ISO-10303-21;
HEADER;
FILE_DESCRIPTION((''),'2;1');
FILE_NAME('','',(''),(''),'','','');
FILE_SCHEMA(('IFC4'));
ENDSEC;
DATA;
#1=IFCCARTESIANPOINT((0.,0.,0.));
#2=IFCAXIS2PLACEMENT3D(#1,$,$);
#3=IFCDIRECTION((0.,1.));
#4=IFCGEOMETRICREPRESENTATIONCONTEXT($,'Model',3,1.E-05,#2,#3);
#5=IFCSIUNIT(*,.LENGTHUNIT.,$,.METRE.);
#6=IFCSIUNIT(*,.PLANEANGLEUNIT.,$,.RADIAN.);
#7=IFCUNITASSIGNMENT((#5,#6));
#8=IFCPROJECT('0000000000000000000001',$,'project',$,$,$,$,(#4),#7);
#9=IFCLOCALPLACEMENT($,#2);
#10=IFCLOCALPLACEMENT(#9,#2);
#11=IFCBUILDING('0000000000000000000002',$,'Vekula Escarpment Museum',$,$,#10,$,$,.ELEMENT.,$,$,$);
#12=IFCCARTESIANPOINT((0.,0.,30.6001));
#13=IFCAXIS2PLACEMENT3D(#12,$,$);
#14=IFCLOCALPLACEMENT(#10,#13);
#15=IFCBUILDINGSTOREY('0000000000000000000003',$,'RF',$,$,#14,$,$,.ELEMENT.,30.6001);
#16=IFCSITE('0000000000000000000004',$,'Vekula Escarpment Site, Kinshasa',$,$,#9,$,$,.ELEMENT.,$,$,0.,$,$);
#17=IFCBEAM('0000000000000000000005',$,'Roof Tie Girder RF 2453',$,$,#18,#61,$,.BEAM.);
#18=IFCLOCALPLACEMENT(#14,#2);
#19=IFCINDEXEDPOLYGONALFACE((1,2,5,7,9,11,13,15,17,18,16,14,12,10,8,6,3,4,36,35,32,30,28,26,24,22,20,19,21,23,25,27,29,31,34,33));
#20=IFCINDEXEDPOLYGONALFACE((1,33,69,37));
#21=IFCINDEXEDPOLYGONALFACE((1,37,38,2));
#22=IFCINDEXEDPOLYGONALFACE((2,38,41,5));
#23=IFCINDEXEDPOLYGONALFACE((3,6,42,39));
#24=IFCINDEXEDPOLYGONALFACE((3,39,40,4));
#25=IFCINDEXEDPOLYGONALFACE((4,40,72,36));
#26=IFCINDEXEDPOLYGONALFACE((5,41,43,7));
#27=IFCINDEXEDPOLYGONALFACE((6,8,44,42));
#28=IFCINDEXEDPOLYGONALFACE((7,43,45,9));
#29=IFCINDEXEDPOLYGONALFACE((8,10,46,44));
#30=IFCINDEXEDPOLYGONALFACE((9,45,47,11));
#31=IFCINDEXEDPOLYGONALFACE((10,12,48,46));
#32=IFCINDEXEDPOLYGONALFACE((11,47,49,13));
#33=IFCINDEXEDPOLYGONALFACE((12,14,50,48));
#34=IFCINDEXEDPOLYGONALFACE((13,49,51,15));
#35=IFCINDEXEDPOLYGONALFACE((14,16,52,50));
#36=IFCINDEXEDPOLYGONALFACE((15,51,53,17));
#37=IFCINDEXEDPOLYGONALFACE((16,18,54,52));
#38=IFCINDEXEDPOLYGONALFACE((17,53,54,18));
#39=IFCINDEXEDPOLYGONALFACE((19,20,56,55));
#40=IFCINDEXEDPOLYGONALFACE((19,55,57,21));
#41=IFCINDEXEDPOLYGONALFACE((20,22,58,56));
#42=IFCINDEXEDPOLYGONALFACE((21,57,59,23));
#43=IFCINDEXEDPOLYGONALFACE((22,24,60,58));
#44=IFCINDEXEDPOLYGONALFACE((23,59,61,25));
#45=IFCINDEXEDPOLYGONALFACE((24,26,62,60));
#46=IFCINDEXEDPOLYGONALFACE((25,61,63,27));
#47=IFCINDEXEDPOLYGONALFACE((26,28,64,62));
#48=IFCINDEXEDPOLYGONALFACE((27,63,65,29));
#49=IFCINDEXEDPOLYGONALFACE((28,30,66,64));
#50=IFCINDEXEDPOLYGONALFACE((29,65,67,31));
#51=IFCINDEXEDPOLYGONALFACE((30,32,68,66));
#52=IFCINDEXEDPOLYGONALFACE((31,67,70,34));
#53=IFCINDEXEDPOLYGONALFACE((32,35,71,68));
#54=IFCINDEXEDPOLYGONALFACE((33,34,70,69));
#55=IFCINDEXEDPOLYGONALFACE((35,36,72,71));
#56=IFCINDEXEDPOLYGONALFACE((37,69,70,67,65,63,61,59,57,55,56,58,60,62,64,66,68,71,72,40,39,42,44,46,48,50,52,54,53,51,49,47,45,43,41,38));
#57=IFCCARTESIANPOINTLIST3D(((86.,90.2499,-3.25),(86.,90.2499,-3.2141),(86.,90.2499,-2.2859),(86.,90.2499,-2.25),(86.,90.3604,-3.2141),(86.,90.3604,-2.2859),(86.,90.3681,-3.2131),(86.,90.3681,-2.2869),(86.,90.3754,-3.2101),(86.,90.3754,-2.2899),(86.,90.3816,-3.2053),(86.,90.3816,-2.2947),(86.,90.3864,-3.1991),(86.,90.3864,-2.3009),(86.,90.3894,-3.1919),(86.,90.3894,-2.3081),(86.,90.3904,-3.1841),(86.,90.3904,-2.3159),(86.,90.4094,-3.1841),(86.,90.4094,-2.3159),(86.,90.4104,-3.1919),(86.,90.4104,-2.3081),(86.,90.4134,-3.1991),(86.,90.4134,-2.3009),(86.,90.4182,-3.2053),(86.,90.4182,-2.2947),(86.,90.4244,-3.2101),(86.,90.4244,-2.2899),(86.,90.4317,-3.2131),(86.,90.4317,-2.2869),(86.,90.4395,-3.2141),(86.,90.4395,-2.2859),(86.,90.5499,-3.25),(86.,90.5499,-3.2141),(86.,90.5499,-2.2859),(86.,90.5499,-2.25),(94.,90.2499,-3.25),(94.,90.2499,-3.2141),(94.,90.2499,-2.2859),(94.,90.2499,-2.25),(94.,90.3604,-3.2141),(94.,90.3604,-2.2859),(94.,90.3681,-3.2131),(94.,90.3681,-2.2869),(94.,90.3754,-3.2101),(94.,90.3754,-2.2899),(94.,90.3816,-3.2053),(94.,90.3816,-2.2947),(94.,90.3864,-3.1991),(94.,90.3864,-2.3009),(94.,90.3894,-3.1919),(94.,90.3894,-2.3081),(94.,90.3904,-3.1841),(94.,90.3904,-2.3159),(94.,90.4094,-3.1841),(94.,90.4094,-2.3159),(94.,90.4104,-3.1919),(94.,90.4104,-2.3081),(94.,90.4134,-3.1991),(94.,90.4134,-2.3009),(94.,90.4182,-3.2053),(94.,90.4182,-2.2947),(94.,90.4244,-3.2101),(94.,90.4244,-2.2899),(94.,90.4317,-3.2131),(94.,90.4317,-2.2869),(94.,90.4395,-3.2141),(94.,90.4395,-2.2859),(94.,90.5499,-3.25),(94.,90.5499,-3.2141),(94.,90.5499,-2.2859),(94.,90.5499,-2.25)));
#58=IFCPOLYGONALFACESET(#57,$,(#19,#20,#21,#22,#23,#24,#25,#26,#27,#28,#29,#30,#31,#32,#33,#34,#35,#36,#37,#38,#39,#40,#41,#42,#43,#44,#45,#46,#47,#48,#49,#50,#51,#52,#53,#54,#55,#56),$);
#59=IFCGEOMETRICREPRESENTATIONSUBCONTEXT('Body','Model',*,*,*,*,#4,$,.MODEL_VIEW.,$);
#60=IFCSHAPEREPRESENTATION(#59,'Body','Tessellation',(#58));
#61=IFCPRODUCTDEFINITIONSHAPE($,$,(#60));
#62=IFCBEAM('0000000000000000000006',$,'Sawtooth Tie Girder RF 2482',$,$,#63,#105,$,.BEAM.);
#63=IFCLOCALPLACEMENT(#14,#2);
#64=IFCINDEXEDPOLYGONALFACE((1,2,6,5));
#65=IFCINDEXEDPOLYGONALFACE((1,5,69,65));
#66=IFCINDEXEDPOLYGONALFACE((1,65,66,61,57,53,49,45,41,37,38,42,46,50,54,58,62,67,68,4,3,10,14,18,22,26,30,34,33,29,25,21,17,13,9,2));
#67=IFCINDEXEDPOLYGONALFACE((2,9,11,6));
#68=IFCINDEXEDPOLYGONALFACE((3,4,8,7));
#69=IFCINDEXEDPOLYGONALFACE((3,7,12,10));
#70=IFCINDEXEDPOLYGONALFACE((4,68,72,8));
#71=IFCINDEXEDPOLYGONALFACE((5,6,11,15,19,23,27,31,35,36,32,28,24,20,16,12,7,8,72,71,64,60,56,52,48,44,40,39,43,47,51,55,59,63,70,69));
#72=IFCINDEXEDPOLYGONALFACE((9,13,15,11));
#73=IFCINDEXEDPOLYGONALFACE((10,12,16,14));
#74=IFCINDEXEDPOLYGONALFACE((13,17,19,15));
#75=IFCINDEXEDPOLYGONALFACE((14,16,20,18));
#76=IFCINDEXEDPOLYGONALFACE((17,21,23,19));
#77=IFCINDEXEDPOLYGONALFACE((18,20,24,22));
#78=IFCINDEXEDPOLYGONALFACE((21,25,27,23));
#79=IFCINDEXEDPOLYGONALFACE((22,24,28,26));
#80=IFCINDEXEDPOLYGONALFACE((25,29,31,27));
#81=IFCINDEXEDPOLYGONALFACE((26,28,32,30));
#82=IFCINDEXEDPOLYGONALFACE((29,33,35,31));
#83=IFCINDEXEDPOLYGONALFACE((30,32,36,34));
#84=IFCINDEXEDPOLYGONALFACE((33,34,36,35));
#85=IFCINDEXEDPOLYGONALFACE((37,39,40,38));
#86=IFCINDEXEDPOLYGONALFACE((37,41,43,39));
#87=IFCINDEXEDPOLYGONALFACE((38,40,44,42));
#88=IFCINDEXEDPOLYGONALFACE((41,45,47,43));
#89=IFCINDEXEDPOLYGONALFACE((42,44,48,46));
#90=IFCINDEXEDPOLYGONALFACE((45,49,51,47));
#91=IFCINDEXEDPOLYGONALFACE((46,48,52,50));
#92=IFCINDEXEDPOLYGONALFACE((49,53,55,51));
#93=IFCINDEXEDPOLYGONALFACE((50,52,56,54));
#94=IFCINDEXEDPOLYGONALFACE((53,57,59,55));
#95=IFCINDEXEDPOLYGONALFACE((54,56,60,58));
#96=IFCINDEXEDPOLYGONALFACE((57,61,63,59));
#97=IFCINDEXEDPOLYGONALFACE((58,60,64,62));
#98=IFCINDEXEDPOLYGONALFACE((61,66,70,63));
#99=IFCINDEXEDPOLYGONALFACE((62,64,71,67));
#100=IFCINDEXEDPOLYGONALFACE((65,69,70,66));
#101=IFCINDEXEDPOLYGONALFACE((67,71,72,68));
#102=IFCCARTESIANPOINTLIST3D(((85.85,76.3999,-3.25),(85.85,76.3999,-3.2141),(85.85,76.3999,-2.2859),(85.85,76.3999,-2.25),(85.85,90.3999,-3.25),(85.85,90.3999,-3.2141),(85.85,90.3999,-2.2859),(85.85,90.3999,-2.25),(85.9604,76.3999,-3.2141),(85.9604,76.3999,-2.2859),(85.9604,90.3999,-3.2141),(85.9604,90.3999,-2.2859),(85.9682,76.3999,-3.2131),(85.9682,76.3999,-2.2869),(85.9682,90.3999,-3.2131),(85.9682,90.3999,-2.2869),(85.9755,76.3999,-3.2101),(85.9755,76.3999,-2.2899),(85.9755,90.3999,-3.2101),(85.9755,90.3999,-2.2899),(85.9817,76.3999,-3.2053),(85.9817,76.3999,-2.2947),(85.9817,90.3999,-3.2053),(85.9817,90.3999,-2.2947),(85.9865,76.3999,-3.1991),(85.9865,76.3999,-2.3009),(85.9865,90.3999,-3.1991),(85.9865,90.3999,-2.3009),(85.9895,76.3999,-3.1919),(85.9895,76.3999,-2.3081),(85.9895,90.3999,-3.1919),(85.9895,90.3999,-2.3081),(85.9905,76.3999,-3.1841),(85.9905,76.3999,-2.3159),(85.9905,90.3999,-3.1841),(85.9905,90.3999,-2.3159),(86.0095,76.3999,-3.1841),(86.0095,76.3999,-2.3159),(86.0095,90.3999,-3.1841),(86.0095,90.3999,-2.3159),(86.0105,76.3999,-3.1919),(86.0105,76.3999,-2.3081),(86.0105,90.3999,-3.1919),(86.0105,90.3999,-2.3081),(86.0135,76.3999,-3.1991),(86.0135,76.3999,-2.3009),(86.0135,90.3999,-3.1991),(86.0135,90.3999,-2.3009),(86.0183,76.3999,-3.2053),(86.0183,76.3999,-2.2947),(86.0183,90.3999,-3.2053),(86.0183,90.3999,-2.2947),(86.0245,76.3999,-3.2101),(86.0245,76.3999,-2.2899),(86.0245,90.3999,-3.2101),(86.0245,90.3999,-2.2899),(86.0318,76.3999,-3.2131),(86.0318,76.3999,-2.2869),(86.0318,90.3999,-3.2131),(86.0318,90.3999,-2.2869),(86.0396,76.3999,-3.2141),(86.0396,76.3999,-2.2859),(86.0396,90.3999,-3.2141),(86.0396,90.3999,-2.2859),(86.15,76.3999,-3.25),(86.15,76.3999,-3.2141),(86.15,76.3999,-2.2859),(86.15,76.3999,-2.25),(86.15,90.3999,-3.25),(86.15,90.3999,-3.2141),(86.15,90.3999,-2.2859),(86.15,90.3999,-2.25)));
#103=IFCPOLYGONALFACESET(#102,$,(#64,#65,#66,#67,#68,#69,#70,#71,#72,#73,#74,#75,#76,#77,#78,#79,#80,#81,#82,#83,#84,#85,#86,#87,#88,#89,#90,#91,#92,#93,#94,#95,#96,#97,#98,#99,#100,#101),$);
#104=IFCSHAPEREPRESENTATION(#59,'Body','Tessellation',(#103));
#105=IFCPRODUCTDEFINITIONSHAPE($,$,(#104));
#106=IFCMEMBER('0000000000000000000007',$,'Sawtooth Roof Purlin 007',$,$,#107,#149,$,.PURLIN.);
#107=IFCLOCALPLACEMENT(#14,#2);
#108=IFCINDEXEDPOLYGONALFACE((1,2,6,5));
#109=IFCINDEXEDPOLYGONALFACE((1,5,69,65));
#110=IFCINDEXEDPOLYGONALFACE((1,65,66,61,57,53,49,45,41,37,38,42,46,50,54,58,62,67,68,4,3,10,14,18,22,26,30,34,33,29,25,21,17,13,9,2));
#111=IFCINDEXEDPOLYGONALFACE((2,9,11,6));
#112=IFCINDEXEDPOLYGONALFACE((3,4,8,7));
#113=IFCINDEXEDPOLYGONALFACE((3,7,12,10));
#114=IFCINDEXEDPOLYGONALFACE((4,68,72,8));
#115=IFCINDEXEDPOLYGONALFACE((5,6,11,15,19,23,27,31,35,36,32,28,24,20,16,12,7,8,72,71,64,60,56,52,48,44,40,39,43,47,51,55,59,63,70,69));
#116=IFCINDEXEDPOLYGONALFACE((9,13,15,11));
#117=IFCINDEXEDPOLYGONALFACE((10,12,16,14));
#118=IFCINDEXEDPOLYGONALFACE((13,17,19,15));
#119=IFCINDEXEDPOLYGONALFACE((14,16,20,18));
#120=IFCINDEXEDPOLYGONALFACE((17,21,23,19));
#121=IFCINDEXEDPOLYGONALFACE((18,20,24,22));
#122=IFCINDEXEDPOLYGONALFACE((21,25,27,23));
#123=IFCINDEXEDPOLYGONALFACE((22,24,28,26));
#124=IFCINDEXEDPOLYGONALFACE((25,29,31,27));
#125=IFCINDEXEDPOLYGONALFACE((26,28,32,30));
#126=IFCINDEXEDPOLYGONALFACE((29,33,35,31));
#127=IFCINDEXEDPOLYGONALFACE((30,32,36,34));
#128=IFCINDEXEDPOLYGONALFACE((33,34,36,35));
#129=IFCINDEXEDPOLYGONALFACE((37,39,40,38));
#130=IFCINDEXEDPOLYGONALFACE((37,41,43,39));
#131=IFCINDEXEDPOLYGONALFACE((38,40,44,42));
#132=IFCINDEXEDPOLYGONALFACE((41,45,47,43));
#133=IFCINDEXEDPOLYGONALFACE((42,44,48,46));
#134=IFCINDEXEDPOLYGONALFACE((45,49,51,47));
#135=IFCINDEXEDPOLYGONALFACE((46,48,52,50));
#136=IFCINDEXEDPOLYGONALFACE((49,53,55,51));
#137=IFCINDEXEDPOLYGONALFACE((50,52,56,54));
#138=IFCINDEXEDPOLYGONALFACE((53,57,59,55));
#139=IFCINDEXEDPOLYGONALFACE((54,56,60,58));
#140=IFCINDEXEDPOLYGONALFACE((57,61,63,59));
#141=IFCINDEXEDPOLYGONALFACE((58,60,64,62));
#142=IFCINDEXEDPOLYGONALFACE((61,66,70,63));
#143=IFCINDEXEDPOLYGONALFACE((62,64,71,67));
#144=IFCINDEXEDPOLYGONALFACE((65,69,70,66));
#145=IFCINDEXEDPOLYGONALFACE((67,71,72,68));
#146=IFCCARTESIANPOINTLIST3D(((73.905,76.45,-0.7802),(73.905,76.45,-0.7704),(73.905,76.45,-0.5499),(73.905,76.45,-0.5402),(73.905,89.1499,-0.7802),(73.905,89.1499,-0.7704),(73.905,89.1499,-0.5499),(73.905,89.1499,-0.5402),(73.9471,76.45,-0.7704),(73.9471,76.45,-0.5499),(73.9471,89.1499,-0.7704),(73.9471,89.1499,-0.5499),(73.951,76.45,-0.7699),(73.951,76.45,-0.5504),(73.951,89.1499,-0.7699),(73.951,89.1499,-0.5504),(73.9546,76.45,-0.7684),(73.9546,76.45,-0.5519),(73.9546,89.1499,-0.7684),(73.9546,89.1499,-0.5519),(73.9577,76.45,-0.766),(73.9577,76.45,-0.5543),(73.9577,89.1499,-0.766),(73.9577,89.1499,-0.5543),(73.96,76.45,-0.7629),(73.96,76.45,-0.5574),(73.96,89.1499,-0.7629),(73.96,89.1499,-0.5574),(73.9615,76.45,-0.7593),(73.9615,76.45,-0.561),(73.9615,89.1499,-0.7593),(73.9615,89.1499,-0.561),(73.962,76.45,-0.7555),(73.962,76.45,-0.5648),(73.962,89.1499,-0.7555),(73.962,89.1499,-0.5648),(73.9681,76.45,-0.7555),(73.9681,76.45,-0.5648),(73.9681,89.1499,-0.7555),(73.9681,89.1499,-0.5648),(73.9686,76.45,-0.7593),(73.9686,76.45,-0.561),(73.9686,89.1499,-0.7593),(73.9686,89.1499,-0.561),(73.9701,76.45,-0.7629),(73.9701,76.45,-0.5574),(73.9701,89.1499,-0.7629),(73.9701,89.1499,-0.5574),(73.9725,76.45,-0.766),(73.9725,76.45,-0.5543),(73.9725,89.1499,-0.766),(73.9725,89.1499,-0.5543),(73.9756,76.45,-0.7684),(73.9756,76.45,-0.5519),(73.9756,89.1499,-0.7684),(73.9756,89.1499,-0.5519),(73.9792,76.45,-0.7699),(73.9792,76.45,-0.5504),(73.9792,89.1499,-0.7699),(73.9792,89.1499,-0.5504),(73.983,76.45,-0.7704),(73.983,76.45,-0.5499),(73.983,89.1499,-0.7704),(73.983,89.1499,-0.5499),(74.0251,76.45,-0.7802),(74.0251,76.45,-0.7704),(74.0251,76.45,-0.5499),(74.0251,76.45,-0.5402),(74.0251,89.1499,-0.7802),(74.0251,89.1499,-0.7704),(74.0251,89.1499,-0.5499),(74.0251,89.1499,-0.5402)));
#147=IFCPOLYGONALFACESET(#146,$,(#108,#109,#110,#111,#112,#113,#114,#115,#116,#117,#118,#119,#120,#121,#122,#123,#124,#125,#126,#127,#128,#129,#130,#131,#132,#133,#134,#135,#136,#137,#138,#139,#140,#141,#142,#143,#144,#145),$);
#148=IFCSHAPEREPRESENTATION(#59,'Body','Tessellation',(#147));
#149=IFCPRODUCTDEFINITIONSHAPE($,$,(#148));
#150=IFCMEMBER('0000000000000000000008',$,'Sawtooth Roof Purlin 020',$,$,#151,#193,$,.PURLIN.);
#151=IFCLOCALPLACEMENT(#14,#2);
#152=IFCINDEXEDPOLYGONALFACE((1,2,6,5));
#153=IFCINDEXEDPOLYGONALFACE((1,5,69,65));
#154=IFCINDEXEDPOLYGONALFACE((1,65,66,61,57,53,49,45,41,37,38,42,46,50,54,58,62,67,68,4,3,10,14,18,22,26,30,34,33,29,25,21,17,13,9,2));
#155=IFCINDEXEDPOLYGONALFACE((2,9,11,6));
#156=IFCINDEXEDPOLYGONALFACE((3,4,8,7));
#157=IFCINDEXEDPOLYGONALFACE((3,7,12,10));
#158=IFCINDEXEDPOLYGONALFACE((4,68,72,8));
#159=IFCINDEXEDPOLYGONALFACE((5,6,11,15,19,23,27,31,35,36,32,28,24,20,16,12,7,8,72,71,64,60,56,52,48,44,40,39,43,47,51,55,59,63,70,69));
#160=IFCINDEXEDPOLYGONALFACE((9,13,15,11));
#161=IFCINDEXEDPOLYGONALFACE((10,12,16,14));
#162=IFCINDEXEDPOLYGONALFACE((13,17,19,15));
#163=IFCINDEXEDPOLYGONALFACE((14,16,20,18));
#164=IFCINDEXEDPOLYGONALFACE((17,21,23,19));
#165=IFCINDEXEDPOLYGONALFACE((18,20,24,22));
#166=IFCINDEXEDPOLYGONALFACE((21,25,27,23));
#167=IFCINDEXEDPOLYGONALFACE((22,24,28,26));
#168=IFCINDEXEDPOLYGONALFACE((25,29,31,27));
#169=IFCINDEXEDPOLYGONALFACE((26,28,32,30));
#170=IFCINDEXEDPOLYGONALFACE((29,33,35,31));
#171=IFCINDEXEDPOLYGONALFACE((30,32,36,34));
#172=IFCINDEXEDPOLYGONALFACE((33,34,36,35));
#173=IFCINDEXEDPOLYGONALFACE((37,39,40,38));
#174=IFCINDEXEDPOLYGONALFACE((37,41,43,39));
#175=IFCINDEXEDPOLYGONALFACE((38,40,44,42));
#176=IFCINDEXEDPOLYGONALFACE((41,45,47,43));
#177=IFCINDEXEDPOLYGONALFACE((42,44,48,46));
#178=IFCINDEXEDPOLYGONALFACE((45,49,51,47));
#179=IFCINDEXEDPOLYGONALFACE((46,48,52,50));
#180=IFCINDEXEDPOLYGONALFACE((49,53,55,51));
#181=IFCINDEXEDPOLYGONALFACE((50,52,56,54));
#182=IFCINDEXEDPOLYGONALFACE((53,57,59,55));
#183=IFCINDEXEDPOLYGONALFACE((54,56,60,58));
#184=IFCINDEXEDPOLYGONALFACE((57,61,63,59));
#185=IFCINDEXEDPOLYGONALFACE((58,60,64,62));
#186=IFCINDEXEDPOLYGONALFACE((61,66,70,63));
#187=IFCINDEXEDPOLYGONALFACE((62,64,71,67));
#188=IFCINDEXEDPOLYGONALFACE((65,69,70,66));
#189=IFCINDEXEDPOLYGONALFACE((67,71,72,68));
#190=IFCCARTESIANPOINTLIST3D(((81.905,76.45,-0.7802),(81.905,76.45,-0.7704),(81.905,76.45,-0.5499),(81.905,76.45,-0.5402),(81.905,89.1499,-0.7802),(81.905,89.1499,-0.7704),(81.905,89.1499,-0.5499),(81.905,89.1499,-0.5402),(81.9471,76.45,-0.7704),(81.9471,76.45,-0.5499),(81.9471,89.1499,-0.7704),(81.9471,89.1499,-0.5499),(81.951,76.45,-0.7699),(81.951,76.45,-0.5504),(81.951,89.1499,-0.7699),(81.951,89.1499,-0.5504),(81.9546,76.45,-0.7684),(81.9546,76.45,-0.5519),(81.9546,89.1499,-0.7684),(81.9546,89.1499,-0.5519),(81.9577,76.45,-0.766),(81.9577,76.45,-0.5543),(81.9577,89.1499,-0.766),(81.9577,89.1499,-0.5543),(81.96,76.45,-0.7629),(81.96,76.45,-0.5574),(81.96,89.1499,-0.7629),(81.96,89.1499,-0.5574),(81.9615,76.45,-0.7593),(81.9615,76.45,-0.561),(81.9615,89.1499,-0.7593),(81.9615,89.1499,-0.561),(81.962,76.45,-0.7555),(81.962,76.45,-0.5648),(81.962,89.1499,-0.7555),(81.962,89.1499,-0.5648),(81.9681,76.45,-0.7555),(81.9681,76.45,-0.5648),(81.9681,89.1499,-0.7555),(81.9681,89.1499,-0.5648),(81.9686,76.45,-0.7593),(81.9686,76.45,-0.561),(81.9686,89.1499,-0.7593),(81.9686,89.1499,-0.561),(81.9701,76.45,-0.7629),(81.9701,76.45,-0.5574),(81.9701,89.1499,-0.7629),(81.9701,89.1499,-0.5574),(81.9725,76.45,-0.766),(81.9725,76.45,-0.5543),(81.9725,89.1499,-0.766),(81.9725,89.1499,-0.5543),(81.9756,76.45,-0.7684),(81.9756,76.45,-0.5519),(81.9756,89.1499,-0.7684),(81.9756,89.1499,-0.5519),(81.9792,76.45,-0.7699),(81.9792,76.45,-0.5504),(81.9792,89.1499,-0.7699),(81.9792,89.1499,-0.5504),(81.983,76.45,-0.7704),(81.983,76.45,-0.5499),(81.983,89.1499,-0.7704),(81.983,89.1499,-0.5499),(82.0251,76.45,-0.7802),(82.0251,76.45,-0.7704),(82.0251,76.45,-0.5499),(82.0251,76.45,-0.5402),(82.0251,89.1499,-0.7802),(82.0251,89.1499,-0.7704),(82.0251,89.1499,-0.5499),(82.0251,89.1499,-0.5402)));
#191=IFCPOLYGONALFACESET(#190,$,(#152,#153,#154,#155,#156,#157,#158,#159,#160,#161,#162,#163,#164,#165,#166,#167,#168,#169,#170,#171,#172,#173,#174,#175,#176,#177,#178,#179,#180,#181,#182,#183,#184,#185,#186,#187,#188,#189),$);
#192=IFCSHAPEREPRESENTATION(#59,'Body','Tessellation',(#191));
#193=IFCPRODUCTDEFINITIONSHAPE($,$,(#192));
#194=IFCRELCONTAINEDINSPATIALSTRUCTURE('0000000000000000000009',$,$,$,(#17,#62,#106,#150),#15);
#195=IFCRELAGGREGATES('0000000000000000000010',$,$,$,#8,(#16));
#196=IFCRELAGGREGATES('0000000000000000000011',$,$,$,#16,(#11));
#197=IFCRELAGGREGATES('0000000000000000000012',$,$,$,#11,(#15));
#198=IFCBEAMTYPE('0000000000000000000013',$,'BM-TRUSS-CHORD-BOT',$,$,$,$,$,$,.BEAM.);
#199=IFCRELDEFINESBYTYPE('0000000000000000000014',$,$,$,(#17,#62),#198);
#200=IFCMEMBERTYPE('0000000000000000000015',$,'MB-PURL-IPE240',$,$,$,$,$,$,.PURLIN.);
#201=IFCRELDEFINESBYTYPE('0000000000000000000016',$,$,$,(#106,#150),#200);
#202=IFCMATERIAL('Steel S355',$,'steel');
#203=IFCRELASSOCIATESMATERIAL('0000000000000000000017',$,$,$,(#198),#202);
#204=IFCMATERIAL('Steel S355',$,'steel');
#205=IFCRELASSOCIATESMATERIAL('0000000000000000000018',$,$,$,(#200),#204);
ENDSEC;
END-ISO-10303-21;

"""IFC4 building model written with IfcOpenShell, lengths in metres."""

from ifc_helpers import new_model, si_unit, direction, frame, origin, origin_2d, place, context, subcontext, project, spatial, i_section, extrude, material, material_profile, profile_set, type_object, element, save


model = new_model("IFC4")

# Units and contexts
model_context = context("Model", 3, precision=1e-05, world=origin(), true_north=direction((0.0, 1.0)))
body_context = subcontext(model_context, "Body", "Model", "MODEL_VIEW")
ifc_project = project(units=[si_unit("LENGTHUNIT", "METRE"), si_unit("PLANEANGLEUNIT", "RADIAN")], contexts=[model_context])

# Site, building, storey
site_placement = place(None, origin())
site = spatial("IfcSite", under=ifc_project, at=site_placement, Name="Vekula Escarpment Site, Kinshasa", CompositionType="ELEMENT", RefElevation=0.0)
building_placement = place(site_placement, origin())
building = spatial("IfcBuilding", under=site, at=building_placement, Name="Vekula Escarpment Museum", CompositionType="ELEMENT")
storey_placement = place(building_placement, frame((0.0, 0.0, 30.6001)))
storey = spatial("IfcBuildingStorey", under=building, at=storey_placement, Name="RF", CompositionType="ELEMENT", Elevation=30.6001)

# Beams
ifc_material_1 = material(Name="Steel S355", Category="steel")
ifc_material_profile_1 = material_profile(ifc_material_1, i_section(OverallWidth=0.3, OverallDepth=1.0, WebThickness=0.019, FlangeThickness=0.0359, FilletRadius=0.03, at=origin_2d()), Name="HEB 1000")
ifc_profile_set_1 = profile_set([ifc_material_profile_1], Name="Steel S355")
beam_type_1 = type_object("IfcBeamType", Name="BM-TRUSS-CHORD-BOT", PredefinedType="BEAM", material=ifc_profile_set_1)
for number, where, z_axis, x_axis, name in (
    (1, (86.0, 90.3999, -2.75), (1.0, 0.0, 0.0), (0.0, 1.0, 0.0), "Roof Tie Girder RF 2453"),
):
    element("IfcBeam", number, at=place(storey_placement, frame(where, z_axis=z_axis, x_axis=x_axis)), inside=storey, type_object=beam_type_1, Name=name, PredefinedType="BEAM", context=body_context, shape_type="SweptSolid", body=[
        extrude(i_section(OverallWidth=0.3, OverallDepth=1.0, WebThickness=0.019, FlangeThickness=0.0359, FilletRadius=0.03, at=origin_2d()), origin(), (0.0, 0.0, 1.0), 8.0),
    ])
beam_1_placement = place(storey_placement, frame((86.0, 76.3999, -2.75), z_axis=(0.0, 1.0, 0.0), x_axis=(-1.0, 0.0, 0.0)))
element("IfcBeam", 2, at=beam_1_placement, inside=storey, type_object=beam_type_1, Name="Sawtooth Tie Girder RF 2482", PredefinedType="BEAM", context=body_context, shape_type="SweptSolid", body=[
    extrude(i_section(OverallWidth=0.3, OverallDepth=1.0, WebThickness=0.019, FlangeThickness=0.0359, FilletRadius=0.03, at=origin_2d()), origin(), (0.0, 0.0, 1.0), 14.0),
])

# Members
ifc_material_2 = material(Name="Steel S355", Category="steel")
ifc_material_profile_2 = material_profile(ifc_material_2, i_section(OverallWidth=0.1201, OverallDepth=0.24, WebThickness=0.0061, FlangeThickness=0.0098, FilletRadius=0.0149, at=origin_2d()), Name="IPE 240")
ifc_profile_set_2 = profile_set([ifc_material_profile_2], Name="Steel S355")
member_type_1 = type_object("IfcMemberType", Name="MB-PURL-IPE240", PredefinedType="PURLIN", material=ifc_profile_set_2)
for number, where, z_axis, x_axis, name in (
    (3, (73.9651, 76.45, -0.6602), (0.0, 1.0, 0.0), (-1.0, 0.0, 0.0), "Sawtooth Roof Purlin 007"),
    (4, (81.9651, 76.45, -0.6602), (0.0, 1.0, 0.0), (-1.0, 0.0, 0.0), "Sawtooth Roof Purlin 020"),
):
    element("IfcMember", number, at=place(storey_placement, frame(where, z_axis=z_axis, x_axis=x_axis)), inside=storey, type_object=member_type_1, Name=name, PredefinedType="PURLIN", context=body_context, shape_type="SweptSolid", body=[
        extrude(i_section(OverallWidth=0.1201, OverallDepth=0.24, WebThickness=0.0061, FlangeThickness=0.0098, FilletRadius=0.0149, at=origin_2d()), origin(), (0.0, 0.0, 1.0), 12.7),
    ])

save(model, "model.ifc")
